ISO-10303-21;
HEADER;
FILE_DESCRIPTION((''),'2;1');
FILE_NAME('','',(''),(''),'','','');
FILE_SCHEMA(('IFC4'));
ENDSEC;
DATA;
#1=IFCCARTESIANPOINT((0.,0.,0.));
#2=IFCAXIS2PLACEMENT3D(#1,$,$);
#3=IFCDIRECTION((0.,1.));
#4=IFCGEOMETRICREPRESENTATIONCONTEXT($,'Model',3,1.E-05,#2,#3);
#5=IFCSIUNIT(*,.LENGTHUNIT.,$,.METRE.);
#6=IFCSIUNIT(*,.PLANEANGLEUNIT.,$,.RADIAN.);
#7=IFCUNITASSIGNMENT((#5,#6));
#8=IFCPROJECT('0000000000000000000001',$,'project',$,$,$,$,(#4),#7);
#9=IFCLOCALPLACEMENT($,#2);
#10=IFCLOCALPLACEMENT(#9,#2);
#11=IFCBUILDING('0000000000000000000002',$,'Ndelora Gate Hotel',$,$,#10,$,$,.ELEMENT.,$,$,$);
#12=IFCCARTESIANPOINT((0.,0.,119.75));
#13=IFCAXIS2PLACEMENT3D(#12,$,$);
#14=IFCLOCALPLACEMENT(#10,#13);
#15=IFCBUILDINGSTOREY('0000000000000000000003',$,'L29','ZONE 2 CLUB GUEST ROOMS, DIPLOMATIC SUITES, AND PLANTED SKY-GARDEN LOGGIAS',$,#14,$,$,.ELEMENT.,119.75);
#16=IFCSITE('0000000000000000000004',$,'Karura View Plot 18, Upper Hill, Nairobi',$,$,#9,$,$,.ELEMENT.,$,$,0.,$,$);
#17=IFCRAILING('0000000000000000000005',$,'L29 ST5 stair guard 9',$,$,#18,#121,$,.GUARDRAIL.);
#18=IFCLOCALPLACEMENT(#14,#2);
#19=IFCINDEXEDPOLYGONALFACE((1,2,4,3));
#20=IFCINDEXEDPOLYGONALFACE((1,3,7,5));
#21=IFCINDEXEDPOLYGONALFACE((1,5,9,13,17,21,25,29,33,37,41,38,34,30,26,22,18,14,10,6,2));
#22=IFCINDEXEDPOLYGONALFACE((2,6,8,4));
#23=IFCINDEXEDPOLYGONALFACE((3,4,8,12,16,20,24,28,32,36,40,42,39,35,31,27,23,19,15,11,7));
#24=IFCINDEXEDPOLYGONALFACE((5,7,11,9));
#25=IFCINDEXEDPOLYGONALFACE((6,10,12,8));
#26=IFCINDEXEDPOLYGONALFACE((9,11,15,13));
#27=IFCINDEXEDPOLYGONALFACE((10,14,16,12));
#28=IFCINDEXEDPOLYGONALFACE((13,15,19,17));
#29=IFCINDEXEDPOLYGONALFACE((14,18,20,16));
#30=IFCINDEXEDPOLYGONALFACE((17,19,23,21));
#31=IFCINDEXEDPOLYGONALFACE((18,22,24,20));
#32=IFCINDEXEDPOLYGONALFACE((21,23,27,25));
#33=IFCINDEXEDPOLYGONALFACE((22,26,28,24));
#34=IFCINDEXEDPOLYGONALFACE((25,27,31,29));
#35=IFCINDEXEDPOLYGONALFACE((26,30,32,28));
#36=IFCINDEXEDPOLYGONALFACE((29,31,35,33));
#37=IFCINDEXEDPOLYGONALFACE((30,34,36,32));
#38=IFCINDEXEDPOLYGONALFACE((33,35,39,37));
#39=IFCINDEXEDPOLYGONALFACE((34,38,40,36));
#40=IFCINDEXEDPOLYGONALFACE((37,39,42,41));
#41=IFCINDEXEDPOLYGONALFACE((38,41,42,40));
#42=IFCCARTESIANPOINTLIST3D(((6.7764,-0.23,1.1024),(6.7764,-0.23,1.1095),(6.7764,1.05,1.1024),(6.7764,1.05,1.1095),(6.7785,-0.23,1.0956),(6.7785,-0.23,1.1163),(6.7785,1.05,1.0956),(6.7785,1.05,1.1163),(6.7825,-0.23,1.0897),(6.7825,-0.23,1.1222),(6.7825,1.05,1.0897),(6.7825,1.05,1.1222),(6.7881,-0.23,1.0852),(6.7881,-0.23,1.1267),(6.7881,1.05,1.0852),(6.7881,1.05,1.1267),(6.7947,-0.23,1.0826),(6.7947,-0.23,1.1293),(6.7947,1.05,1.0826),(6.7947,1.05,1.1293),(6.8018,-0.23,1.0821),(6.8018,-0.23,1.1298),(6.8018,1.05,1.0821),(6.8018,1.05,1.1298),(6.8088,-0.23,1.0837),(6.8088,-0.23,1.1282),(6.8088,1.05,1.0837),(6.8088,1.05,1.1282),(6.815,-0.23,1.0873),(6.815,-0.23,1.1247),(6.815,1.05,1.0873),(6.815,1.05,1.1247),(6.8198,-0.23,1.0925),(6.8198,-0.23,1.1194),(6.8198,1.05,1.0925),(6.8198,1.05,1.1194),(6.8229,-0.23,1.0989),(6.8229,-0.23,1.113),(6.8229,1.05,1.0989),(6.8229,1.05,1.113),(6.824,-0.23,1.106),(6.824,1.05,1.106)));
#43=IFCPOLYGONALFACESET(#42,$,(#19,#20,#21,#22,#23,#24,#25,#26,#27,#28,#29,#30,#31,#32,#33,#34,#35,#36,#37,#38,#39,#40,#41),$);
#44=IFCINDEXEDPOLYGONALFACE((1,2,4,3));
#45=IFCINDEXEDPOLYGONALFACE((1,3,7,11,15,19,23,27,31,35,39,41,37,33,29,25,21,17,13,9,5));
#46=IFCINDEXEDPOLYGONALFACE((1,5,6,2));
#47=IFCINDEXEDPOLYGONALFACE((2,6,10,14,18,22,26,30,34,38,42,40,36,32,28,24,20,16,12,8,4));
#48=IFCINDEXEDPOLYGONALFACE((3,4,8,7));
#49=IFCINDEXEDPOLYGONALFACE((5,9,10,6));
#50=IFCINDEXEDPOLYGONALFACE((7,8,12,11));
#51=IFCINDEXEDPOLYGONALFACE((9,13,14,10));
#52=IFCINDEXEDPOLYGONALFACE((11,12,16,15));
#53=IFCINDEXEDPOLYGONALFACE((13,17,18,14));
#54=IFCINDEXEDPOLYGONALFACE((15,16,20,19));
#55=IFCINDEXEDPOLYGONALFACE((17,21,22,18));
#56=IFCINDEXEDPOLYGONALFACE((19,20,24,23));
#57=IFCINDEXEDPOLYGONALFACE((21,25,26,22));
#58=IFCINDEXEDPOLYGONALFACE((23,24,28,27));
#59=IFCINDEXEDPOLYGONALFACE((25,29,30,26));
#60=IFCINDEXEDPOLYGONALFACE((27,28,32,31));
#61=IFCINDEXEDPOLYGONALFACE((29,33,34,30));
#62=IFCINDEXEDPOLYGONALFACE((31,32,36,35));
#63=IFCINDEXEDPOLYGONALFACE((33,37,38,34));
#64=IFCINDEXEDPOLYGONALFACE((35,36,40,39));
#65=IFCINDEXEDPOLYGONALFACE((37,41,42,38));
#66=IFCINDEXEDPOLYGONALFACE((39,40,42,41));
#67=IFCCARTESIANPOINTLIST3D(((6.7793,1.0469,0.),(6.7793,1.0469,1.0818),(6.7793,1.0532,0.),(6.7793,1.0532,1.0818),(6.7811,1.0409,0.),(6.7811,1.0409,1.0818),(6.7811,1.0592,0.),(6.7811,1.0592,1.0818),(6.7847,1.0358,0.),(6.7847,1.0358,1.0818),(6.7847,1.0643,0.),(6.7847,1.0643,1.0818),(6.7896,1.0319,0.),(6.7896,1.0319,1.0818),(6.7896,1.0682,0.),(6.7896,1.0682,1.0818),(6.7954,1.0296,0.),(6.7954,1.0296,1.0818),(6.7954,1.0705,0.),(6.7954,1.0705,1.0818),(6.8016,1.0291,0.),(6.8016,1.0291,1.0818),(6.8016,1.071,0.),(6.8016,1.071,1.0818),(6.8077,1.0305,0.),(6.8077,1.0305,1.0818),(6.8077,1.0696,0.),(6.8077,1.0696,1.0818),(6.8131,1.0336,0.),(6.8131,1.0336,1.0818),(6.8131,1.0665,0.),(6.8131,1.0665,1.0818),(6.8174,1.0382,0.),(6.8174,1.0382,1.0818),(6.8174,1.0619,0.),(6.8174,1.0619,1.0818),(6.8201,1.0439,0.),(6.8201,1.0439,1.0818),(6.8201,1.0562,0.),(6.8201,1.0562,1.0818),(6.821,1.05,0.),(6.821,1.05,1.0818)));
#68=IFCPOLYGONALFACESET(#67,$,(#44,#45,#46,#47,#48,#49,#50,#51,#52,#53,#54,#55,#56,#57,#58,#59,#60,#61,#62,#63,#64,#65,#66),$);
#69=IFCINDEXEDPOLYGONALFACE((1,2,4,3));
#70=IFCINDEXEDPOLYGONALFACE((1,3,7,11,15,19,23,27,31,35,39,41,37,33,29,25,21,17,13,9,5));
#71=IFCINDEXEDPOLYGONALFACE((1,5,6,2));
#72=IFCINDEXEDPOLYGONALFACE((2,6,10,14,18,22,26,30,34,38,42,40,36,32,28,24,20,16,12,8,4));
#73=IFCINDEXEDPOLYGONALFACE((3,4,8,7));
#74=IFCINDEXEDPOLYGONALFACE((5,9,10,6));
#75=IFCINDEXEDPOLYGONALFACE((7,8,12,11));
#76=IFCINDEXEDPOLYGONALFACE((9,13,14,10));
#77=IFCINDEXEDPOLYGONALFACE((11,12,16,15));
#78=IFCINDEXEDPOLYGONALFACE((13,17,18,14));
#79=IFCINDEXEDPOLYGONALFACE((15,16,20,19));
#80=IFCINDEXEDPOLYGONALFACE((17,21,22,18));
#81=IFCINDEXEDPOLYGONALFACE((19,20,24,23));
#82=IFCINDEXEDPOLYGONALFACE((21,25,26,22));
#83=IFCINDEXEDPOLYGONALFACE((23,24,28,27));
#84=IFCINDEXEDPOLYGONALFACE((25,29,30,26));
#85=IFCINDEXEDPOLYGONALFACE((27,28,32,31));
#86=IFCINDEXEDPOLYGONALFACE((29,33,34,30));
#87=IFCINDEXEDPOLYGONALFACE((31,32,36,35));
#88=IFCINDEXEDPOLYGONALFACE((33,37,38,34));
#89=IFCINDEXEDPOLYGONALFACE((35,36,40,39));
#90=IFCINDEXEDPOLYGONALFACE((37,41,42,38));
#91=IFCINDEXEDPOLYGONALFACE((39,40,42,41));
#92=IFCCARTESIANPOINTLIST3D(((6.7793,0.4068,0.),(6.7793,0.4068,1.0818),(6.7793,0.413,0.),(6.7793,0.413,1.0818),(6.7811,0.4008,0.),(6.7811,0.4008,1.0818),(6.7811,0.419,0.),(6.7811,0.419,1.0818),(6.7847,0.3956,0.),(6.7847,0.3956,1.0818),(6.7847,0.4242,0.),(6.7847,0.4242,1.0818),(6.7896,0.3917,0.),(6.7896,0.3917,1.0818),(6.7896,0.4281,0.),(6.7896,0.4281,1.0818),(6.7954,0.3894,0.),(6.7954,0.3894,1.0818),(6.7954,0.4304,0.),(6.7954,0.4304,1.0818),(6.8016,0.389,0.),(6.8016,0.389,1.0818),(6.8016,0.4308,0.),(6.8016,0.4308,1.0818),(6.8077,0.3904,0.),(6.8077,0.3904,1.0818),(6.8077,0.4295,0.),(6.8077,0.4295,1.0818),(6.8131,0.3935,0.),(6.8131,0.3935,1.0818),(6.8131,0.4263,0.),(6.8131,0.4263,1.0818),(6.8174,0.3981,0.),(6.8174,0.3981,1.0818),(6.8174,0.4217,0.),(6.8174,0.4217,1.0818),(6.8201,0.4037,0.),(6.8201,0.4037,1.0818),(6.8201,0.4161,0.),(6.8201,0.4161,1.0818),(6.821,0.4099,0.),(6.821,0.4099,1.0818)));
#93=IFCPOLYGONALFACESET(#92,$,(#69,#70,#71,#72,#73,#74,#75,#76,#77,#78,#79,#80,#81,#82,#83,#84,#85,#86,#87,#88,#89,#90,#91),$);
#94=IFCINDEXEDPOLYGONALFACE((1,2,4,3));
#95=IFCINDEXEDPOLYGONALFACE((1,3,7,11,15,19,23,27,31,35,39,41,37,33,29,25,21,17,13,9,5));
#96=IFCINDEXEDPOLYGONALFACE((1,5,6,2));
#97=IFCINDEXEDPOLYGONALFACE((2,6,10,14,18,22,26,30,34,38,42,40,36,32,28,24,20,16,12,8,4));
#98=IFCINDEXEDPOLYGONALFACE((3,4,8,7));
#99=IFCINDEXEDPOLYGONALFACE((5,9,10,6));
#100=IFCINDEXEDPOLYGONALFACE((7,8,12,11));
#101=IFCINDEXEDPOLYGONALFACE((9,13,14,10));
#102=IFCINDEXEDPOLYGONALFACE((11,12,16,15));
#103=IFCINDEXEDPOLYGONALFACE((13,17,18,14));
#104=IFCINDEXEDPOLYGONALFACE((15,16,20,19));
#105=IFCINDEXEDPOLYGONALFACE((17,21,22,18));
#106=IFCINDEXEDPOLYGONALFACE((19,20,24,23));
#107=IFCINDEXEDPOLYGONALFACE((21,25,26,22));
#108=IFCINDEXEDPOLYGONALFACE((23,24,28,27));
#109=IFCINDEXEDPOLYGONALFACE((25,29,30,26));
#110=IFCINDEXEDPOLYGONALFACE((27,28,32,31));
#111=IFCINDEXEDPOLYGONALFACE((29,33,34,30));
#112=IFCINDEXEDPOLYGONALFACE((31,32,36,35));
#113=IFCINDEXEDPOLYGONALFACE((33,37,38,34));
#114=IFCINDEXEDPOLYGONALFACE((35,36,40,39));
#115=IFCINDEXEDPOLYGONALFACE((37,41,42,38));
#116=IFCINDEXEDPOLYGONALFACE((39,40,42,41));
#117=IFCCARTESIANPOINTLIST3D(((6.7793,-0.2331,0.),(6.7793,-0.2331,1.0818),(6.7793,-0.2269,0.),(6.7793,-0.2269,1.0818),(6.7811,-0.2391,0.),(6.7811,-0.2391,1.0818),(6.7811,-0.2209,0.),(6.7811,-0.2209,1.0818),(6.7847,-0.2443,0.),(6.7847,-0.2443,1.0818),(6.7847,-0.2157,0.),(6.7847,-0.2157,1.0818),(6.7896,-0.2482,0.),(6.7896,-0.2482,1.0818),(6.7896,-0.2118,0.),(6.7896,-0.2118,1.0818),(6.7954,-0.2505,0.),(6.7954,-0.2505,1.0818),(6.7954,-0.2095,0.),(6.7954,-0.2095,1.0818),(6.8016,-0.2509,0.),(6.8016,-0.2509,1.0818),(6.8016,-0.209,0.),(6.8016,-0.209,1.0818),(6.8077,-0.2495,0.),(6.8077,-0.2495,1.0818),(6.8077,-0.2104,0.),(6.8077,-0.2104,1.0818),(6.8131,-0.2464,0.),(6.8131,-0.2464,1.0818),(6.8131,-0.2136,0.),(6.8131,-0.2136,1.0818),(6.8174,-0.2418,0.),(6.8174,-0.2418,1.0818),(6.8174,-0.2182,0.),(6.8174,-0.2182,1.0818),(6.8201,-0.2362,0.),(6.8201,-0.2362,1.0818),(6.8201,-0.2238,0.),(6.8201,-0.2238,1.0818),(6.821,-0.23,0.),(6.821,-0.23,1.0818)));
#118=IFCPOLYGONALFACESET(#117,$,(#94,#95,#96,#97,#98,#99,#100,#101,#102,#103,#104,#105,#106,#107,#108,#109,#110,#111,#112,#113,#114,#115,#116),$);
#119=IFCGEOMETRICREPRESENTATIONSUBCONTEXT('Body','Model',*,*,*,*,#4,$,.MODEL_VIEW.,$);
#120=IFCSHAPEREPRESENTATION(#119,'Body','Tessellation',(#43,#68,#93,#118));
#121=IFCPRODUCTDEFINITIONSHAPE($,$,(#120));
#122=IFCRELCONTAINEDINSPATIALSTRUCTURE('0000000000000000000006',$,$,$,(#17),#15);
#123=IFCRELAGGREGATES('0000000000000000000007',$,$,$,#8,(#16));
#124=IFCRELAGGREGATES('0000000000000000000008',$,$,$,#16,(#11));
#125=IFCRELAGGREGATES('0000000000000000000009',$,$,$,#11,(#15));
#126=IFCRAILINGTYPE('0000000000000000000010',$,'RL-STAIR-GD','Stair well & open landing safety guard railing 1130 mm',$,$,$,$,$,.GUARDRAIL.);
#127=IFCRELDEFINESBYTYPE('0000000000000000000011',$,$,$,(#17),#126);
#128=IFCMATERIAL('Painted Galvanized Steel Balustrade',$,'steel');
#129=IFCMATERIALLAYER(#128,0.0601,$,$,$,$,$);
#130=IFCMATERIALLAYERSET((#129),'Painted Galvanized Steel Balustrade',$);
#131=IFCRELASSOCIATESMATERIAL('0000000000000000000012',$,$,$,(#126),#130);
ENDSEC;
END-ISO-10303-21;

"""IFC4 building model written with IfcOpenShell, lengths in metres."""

from ifc_helpers import new_model, si_unit, direction, frame, origin, origin_2d, place, context, subcontext, project, spatial, circle, extrude, material, layer, layer_set, type_object, element, save


model = new_model("IFC4")

# Units and contexts
model_context = context("Model", 3, precision=1e-05, world=origin(), true_north=direction((0.0, 1.0)))
body_context = subcontext(model_context, "Body", "Model", "MODEL_VIEW")
ifc_project = project(units=[si_unit("LENGTHUNIT", "METRE"), si_unit("PLANEANGLEUNIT", "RADIAN")], contexts=[model_context])

# Site, building, storey
site_placement = place(None, origin())
site = spatial("IfcSite", under=ifc_project, at=site_placement, Name="Karura View Plot 18, Upper Hill, Nairobi", CompositionType="ELEMENT", RefElevation=0.0)
building_placement = place(site_placement, origin())
building = spatial("IfcBuilding", under=site, at=building_placement, Name="Ndelora Gate Hotel", CompositionType="ELEMENT")
storey_placement = place(building_placement, frame((0.0, 0.0, 119.75)))
storey = spatial("IfcBuildingStorey", under=building, at=storey_placement, Name="L29", Description="ZONE 2 CLUB GUEST ROOMS, DIPLOMATIC SUITES, AND PLANTED SKY-GARDEN LOGGIAS", CompositionType="ELEMENT", Elevation=119.75)

# Railing
ifc_material_1 = material(Name="Painted Galvanized Steel Balustrade", Category="steel")
ifc_layer_1 = layer(ifc_material_1, 0.0601)
ifc_layer_set_1 = layer_set([ifc_layer_1], Name="Painted Galvanized Steel Balustrade")
railing_type = type_object("IfcRailingType", Name="RL-STAIR-GD", Description="Stair well & open landing safety guard railing 1130 mm", PredefinedType="GUARDRAIL", material=ifc_layer_set_1)
for number, where, name in (
    (1, (6.8, 1.05, 0.0), "L29 ST5 stair guard 9"),
):
    element("IfcRailing", number, at=place(storey_placement, frame(where)), inside=storey, type_object=railing_type, Name=name, PredefinedType="GUARDRAIL", context=body_context, shape_type="SweptSolid", body=[
        extrude(circle(Radius=0.0239, at=origin_2d()), frame((0.0, 0.0, 1.106), z_axis=(0.0, -1.0, 0.0), x_axis=(1.0, 0.0, 0.0)), (0.0, 0.0, 1.0), 1.28),
        extrude(circle(Radius=0.021, at=origin_2d()), origin(), (0.0, 0.0, 1.0), 1.0818),
        extrude(circle(Radius=0.021, at=origin_2d()), frame((0.0, -0.6401, 0.0)), (0.0, 0.0, 1.0), 1.0818),
        extrude(circle(Radius=0.021, at=origin_2d()), frame((0.0, -1.28, 0.0)), (0.0, 0.0, 1.0), 1.0818),
    ])

save(model, "model.ifc")
